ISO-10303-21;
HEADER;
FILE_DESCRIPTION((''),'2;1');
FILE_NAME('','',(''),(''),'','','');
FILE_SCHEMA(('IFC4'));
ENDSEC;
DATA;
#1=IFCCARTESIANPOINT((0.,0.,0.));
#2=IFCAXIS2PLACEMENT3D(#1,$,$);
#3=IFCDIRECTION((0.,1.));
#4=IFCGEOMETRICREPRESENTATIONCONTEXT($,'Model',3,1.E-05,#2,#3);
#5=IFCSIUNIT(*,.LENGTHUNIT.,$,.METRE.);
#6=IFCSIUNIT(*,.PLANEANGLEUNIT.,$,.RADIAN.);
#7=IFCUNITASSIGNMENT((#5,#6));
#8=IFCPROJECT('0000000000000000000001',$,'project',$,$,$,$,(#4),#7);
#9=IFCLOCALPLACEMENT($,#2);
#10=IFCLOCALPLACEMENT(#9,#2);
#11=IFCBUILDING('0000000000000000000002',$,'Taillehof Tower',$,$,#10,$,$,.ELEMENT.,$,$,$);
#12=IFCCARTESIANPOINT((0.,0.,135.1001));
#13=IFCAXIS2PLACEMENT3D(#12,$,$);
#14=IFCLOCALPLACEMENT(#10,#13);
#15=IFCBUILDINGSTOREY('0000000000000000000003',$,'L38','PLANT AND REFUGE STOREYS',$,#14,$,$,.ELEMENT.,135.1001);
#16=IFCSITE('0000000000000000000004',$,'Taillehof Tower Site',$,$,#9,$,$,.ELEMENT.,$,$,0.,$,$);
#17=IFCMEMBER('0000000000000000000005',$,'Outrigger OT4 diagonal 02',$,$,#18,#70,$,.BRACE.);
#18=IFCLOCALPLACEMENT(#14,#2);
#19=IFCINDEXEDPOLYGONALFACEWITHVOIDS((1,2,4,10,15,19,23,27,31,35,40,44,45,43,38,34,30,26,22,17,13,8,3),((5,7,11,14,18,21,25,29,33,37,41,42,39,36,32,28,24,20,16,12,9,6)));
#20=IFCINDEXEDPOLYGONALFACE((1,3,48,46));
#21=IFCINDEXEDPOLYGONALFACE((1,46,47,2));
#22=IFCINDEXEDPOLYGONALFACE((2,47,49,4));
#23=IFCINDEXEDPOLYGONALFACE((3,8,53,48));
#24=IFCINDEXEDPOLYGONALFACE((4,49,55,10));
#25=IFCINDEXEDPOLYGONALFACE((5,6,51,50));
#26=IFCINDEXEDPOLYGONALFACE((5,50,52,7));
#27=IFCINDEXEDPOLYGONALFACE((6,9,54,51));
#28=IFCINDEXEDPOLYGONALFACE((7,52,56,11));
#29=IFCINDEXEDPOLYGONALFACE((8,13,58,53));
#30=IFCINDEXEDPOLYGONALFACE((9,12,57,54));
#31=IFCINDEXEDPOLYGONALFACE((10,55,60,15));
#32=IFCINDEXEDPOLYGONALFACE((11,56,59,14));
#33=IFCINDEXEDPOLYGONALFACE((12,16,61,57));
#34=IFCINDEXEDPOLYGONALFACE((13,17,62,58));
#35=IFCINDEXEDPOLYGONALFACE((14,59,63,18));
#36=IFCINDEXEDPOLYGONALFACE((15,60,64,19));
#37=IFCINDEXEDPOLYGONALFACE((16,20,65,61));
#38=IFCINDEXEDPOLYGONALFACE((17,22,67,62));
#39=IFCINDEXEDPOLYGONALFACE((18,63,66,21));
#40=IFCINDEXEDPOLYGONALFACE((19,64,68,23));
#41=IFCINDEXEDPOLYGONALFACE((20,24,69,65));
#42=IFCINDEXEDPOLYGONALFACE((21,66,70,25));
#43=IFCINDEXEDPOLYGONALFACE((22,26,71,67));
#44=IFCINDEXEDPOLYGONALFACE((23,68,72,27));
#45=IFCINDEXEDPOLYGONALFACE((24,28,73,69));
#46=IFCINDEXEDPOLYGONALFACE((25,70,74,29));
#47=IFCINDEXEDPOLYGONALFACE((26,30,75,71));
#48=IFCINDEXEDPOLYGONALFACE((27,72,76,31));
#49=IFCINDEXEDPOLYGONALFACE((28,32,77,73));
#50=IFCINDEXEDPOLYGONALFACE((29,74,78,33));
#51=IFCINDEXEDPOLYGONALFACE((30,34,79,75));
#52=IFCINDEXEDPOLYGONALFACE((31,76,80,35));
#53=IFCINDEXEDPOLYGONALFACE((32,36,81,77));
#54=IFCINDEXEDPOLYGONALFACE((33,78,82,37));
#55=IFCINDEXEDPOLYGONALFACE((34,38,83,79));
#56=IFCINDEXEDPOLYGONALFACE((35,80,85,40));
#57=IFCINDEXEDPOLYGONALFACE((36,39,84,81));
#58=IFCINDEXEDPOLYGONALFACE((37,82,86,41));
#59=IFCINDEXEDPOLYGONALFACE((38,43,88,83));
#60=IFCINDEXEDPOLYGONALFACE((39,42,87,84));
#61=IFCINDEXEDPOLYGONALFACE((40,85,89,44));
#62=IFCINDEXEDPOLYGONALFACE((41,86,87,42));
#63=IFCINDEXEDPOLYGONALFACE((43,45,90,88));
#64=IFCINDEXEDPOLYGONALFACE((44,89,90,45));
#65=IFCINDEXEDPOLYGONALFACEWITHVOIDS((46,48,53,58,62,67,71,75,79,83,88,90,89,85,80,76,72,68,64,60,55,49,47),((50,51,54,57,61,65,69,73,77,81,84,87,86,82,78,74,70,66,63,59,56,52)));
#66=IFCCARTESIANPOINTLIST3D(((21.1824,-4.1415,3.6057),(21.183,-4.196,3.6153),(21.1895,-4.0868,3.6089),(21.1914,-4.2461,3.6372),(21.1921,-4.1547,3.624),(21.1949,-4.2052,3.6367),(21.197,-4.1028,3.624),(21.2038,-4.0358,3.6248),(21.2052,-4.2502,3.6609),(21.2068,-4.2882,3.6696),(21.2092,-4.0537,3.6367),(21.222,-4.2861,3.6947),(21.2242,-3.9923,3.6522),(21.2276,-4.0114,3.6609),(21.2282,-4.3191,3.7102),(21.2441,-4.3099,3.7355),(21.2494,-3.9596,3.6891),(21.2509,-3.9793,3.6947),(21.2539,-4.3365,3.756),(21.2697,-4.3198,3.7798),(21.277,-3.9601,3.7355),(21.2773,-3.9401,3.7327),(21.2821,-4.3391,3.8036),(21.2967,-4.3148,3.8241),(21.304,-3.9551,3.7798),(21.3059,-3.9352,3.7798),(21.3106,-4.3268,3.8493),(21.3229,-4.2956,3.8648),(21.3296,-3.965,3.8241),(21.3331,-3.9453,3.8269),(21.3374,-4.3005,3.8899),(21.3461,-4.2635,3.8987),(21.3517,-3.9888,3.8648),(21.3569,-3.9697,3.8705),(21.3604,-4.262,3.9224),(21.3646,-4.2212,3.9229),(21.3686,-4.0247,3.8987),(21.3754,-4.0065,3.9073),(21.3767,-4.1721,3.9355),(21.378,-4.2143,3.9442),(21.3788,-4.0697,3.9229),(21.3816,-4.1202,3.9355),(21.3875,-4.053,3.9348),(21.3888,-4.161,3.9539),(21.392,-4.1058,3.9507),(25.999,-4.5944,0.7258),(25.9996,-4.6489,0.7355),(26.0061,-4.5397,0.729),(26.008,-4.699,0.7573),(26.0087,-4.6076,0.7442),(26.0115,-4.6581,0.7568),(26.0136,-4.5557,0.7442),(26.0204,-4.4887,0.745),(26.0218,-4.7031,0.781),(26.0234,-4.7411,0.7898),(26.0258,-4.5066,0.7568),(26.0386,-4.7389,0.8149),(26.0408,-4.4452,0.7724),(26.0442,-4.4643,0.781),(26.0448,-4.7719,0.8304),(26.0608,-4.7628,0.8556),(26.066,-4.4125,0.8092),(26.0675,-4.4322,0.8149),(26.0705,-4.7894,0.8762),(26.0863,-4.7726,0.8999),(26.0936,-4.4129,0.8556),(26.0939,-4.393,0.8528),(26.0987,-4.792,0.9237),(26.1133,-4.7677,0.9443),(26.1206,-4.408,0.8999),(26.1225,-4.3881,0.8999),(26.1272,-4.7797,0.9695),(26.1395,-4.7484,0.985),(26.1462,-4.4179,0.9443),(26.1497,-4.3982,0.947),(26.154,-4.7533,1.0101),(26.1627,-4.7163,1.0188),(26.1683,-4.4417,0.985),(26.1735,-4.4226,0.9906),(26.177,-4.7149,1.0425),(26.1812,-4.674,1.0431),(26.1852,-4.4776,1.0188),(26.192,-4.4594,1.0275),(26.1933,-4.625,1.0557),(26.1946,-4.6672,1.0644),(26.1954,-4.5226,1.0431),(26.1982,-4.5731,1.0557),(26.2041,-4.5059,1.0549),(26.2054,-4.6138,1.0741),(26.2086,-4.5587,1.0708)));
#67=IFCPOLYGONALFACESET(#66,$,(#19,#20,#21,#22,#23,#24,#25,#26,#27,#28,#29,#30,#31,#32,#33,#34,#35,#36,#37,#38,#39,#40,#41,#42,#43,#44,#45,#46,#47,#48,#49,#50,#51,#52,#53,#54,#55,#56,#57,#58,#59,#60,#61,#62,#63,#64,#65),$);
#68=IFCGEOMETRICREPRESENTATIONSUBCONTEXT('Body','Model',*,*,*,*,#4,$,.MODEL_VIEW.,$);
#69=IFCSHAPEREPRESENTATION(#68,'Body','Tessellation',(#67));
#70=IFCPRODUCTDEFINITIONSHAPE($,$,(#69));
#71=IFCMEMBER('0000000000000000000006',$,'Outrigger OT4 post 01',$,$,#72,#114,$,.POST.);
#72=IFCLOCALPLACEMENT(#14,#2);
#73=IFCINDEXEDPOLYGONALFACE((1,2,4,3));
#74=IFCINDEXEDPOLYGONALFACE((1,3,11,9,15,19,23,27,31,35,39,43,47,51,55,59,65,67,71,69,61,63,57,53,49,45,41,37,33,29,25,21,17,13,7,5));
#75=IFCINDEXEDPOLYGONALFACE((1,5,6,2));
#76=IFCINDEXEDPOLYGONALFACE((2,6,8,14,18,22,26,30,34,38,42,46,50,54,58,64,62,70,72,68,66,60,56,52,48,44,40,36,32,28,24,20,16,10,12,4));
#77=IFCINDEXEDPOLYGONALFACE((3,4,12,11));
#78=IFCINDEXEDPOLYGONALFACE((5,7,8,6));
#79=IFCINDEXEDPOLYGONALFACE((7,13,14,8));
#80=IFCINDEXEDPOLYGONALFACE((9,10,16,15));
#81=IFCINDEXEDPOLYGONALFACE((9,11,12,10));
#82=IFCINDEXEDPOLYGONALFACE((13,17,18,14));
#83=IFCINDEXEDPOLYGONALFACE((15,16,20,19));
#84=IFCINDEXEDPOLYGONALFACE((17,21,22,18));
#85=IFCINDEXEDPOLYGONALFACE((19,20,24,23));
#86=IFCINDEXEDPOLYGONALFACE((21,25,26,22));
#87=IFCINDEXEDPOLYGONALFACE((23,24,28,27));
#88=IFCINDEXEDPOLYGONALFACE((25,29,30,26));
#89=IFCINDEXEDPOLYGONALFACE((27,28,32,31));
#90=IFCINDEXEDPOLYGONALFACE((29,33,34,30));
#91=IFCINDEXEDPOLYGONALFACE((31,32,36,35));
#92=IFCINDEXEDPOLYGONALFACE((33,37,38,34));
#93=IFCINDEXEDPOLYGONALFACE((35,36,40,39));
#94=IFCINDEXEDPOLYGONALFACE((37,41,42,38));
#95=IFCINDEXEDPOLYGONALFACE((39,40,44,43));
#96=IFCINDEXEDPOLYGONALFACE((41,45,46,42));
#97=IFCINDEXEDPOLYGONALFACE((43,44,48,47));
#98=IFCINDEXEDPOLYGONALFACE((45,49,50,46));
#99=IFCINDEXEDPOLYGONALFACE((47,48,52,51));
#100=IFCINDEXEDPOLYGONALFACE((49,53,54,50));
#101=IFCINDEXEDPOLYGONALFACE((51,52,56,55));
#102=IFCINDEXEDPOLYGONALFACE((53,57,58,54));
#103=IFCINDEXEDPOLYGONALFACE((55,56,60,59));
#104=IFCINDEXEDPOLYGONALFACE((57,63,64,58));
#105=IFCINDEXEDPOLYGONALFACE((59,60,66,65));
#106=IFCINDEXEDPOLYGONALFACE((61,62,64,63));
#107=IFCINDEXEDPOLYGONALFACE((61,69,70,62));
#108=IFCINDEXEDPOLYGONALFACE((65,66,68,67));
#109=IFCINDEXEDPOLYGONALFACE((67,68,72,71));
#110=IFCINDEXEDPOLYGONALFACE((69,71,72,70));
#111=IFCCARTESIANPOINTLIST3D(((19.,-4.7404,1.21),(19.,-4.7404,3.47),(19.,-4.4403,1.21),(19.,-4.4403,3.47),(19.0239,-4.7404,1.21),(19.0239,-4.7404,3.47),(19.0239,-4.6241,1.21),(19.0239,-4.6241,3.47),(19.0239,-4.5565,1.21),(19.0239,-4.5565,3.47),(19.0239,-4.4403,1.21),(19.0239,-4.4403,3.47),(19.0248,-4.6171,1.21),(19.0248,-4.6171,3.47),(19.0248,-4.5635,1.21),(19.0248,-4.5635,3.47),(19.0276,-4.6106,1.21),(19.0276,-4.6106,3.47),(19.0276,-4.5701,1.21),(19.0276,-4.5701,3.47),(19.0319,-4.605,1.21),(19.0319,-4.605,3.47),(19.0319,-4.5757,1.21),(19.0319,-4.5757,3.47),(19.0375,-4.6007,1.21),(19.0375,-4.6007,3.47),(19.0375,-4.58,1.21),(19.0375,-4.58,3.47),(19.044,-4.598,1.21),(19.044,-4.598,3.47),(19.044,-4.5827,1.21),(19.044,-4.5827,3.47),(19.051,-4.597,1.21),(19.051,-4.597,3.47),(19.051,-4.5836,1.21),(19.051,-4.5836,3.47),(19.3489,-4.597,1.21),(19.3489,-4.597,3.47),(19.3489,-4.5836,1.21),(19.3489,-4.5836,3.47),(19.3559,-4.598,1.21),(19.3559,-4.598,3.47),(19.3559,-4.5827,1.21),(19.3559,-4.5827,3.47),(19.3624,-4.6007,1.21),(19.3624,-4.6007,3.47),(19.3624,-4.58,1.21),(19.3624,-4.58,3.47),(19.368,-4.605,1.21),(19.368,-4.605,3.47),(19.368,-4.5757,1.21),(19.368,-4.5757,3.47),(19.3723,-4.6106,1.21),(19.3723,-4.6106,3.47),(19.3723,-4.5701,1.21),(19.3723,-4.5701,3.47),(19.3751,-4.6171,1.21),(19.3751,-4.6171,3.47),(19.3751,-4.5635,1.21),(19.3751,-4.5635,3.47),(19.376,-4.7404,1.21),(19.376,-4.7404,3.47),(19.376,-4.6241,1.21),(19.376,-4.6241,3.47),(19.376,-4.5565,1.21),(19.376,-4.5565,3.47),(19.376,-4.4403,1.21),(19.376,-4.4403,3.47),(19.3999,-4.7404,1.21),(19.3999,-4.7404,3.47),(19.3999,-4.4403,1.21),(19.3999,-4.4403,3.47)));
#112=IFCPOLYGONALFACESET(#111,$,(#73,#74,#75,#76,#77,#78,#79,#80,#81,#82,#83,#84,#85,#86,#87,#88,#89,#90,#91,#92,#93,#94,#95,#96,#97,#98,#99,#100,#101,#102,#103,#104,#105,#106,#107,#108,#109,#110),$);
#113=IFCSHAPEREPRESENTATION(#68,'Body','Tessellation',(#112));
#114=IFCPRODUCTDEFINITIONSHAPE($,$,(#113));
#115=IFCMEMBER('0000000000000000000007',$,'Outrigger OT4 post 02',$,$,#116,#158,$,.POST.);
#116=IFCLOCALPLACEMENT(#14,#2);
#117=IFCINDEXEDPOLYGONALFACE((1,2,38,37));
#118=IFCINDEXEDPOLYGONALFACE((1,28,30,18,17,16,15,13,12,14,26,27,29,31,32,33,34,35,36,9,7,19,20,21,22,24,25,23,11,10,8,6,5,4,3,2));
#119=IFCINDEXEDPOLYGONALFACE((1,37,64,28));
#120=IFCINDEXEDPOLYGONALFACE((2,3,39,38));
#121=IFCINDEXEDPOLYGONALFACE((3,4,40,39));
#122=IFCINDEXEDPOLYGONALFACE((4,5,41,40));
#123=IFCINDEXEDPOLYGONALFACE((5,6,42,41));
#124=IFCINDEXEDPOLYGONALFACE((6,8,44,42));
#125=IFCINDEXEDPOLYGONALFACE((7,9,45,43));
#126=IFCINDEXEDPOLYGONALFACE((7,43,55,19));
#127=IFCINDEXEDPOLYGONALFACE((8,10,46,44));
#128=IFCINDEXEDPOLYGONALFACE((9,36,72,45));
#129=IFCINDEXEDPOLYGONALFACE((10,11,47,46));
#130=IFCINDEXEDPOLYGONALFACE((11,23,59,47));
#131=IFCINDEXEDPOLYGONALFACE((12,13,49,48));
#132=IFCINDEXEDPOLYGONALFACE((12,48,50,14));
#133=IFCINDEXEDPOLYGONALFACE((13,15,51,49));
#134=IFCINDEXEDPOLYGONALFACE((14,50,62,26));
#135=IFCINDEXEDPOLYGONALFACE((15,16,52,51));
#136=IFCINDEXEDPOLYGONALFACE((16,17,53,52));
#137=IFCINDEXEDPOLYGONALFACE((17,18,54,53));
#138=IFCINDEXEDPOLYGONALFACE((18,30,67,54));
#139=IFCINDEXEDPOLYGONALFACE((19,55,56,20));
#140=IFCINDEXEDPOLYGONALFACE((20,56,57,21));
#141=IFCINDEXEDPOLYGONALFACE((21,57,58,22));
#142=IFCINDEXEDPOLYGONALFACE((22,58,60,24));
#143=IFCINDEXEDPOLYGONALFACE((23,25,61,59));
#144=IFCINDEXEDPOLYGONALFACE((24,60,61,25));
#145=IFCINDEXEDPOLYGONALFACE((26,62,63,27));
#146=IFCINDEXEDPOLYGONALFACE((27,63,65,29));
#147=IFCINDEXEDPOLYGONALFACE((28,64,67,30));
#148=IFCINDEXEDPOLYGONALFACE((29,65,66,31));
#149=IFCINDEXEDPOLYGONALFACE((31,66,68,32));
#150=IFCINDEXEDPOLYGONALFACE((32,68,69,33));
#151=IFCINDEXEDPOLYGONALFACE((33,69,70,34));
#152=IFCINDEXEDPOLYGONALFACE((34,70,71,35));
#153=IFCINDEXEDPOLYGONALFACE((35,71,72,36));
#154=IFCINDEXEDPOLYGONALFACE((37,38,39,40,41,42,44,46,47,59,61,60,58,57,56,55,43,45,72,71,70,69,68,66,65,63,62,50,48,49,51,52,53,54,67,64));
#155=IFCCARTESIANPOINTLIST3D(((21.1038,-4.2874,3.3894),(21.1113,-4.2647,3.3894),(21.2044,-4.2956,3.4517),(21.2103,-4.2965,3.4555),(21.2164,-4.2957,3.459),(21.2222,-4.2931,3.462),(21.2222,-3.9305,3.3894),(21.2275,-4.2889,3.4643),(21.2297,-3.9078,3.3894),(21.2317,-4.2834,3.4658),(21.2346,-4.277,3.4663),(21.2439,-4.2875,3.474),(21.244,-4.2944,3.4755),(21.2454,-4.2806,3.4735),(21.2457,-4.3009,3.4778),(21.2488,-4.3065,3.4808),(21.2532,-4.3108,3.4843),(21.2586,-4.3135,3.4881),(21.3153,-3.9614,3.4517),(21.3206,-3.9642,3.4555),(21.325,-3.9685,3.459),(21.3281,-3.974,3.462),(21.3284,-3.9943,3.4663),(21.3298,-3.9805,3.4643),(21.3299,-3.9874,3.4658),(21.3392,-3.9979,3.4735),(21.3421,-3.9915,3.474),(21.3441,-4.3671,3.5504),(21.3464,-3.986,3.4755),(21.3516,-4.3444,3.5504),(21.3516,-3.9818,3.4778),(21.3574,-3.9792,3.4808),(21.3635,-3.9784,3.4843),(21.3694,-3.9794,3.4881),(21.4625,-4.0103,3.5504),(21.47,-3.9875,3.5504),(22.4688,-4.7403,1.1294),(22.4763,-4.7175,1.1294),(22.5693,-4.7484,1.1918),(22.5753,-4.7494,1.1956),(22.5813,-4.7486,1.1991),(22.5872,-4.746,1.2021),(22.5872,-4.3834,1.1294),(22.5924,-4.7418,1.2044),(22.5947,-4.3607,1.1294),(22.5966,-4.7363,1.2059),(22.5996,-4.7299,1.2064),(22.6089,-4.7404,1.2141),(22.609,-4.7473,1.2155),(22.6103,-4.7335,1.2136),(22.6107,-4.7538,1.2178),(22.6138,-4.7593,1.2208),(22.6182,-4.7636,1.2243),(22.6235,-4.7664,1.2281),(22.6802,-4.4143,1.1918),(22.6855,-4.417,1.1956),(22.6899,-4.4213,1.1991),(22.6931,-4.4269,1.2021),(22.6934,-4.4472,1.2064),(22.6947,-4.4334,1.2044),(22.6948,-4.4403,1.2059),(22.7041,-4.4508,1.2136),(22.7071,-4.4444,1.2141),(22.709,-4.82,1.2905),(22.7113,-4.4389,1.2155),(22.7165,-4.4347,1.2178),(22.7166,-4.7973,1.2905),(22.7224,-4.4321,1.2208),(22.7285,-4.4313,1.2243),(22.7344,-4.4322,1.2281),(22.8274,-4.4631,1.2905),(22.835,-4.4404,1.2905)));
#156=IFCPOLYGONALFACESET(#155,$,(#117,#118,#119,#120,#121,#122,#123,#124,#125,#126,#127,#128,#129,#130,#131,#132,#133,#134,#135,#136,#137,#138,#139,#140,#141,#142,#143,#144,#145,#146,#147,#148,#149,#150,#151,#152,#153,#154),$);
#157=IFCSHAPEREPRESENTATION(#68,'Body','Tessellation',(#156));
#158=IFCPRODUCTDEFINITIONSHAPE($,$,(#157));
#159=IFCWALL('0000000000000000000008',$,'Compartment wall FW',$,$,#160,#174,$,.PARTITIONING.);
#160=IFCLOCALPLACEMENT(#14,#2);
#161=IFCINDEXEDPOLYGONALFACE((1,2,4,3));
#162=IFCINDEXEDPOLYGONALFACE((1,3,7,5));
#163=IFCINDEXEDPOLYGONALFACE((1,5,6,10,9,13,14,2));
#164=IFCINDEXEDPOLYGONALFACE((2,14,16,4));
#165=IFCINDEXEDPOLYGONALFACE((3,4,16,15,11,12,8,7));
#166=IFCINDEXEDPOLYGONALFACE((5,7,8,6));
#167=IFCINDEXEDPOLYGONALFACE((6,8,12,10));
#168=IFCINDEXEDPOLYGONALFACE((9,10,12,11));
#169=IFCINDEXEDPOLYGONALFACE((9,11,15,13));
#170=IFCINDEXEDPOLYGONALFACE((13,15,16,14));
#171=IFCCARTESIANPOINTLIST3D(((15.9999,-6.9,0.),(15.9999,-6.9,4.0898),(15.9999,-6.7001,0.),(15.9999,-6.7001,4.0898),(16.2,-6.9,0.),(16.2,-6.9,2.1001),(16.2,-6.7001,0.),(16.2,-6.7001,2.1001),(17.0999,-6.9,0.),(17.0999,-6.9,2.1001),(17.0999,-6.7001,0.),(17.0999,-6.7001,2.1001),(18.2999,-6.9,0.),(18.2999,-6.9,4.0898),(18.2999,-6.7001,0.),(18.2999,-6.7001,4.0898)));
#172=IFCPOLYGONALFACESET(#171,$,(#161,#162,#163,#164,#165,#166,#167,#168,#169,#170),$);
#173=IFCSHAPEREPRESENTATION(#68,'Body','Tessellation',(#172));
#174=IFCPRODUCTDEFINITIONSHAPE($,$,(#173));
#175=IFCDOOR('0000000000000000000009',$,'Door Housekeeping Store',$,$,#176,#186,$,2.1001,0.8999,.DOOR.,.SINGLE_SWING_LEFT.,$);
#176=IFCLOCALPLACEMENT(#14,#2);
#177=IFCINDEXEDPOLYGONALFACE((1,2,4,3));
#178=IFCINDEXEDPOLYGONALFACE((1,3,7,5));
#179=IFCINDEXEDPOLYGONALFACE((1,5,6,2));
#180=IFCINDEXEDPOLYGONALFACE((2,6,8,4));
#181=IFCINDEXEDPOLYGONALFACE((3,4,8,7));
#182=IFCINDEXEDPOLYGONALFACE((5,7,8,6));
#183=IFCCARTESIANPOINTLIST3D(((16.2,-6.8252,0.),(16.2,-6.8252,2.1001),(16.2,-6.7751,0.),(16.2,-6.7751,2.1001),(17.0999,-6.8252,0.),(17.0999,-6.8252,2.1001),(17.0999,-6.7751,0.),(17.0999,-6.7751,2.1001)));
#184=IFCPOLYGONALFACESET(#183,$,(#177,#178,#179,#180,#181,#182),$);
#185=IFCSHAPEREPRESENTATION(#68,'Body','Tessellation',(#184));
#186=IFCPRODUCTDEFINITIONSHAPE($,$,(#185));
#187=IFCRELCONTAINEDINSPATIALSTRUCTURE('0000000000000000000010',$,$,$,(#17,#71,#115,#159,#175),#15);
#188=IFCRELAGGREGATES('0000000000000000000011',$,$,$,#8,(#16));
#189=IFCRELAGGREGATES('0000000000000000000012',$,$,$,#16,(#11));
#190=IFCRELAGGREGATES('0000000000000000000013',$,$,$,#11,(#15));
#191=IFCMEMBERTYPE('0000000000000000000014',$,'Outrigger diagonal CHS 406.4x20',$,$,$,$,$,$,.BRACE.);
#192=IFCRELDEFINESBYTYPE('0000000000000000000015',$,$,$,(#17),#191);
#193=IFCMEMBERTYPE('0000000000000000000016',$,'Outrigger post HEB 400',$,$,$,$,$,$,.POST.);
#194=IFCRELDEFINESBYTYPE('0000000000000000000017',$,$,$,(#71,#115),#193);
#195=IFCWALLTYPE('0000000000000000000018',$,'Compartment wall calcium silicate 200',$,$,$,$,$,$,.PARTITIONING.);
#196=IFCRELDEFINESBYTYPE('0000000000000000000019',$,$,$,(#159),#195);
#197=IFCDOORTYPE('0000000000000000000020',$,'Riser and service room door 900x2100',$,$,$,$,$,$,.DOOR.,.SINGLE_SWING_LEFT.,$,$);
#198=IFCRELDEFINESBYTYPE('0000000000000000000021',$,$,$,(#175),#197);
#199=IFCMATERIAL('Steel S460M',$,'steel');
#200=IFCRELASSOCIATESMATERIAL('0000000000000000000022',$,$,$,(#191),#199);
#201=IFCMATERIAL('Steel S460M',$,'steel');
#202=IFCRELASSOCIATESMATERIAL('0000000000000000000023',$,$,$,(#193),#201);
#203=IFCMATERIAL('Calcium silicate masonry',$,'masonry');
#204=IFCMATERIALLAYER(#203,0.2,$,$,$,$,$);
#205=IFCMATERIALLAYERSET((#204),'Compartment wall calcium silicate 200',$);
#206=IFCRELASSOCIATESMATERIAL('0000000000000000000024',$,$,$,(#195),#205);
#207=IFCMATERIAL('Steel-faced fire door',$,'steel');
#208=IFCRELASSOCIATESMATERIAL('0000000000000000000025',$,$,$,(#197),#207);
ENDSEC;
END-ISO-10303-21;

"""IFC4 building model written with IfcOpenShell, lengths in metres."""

from ifc_helpers import new_model, si_unit, direction, frame, frame_2d, origin, origin_2d, place, context, subcontext, project, spatial, rectangle, hollow_circle, i_section, extrude, material, layer, layer_set, material_profile, profile_set, type_object, element, fill, save


model = new_model("IFC4")

# Units and contexts
model_context = context("Model", 3, precision=1e-05, world=origin(), true_north=direction((0.0, 1.0)))
body_context = subcontext(model_context, "Body", "Model", "MODEL_VIEW")
ifc_project = project(units=[si_unit("LENGTHUNIT", "METRE"), si_unit("PLANEANGLEUNIT", "RADIAN")], contexts=[model_context])

# Site, building, storey
site_placement = place(None, origin())
site = spatial("IfcSite", under=ifc_project, at=site_placement, Name="Taillehof Tower Site", CompositionType="ELEMENT", RefElevation=0.0)
building_placement = place(site_placement, origin())
building = spatial("IfcBuilding", under=site, at=building_placement, Name="Taillehof Tower", CompositionType="ELEMENT")
storey_placement = place(building_placement, frame((0.0, 0.0, 135.1001)))
storey = spatial("IfcBuildingStorey", under=building, at=storey_placement, Name="L38", Description="PLANT AND REFUGE STOREYS", CompositionType="ELEMENT", Elevation=135.1001)

# Members
ifc_material_1 = material(Name="Steel S460M", Category="steel")
ifc_material_profile_1 = material_profile(ifc_material_1, hollow_circle(Radius=0.2031, WallThickness=0.02, at=origin_2d()), Name="CHS 406.4x20")
ifc_profile_set_1 = profile_set([ifc_material_profile_1], Name="Steel S460M")
member_type_1 = type_object("IfcMemberType", Name="Outrigger diagonal CHS 406.4x20", PredefinedType="BRACE", material=ifc_profile_set_1)
member_1_placement = place(storey_placement, frame((21.2869, -4.1375, 3.7798), z_axis=(0.855505, -0.080438, -0.511508), x_axis=(0.093611, 0.995609, 0.0)))
element("IfcMember", 1, at=member_1_placement, inside=storey, type_object=member_type_1, Name="Outrigger OT4 diagonal 02", PredefinedType="BRACE", context=body_context, shape_type="SweptSolid", body=[
    extrude(hollow_circle(Radius=0.2031, WallThickness=0.02, at=origin_2d()), origin(), (0.0, 0.0, 1.0), 5.6301),
])
ifc_material_2 = material(Name="Steel S460M", Category="steel")
ifc_material_profile_2 = material_profile(ifc_material_2, i_section(OverallWidth=0.3, OverallDepth=0.3999, WebThickness=0.0134, FlangeThickness=0.0239, FilletRadius=0.0271, at=origin_2d()), Name="HEB 400")
ifc_profile_set_2 = profile_set([ifc_material_profile_2], Name="Steel S460M")
member_type_2 = type_object("IfcMemberType", Name="Outrigger post HEB 400", PredefinedType="POST", material=ifc_profile_set_2)
member_2_placement = place(storey_placement, frame((19.2, -4.5903, 1.21), z_axis=(0.0, 0.0, 1.0), x_axis=(0.0, -1.0, 0.0)))
element("IfcMember", 2, at=member_2_placement, inside=storey, type_object=member_type_2, Name="Outrigger OT4 post 01", PredefinedType="POST", context=body_context, shape_type="SweptSolid", body=[
    extrude(i_section(OverallWidth=0.3, OverallDepth=0.3999, WebThickness=0.0134, FlangeThickness=0.0239, FilletRadius=0.0271, at=origin_2d()), origin(), (0.0, 0.0, 1.0), 2.26),
])
member_3_placement = place(storey_placement, frame((22.6519, -4.5903, 1.21), z_axis=(-0.509554, 0.169061, 0.843667), x_axis=(-0.800744, 0.265673, -0.536868)))
element("IfcMember", 3, at=member_3_placement, inside=storey, type_object=member_type_2, Name="Outrigger OT4 post 02", PredefinedType="POST", context=body_context, shape_type="SweptSolid", body=[
    extrude(i_section(OverallWidth=0.3, OverallDepth=0.3999, WebThickness=0.0134, FlangeThickness=0.0239, FilletRadius=0.0271, at=origin_2d()), origin(), (0.0, 0.0, 1.0), 2.6787),
])

# Wall, opening, door
ifc_material_3 = material(Name="Calcium silicate masonry", Category="masonry")
ifc_layer_1 = layer(ifc_material_3, 0.2)
ifc_layer_set_1 = layer_set([ifc_layer_1], Name="Compartment wall calcium silicate 200")
wall_type_1 = type_object("IfcWallType", Name="Compartment wall calcium silicate 200", PredefinedType="PARTITIONING", material=ifc_layer_set_1)
wall_1_placement = place(storey_placement, frame((16.0, -6.8, 0.0), z_axis=(0.0, 0.0, 1.0), x_axis=(1.0, 0.0, 0.0)))
wall_1 = element("IfcWall", 4, at=wall_1_placement, inside=storey, type_object=wall_type_1, Name="Compartment wall FW", PredefinedType="PARTITIONING", context=body_context, shape_type="SweptSolid", body=[
    extrude(rectangle(XDim=2.3, YDim=0.2, at=frame_2d((1.1499, 0.0))), origin(), (0.0, 0.0, 1.0), 4.0898),
])
opening_placement = place(wall_1_placement, frame((0.2, 0.0, 0.0)))
opening = element("IfcOpeningElement", 5, at=opening_placement, cuts=wall_1, PredefinedType="OPENING", context=body_context, shape_type="SweptSolid", body=[
    extrude(rectangle(XDim=0.8999, YDim=2.1001, at=frame_2d((0.45, 1.05))), frame((0.0, 0.1099, 0.0), z_axis=(0.0, -1.0, 0.0), x_axis=(1.0, 0.0, 0.0)), (0.0, 0.0, 1.0), 0.22),
])
ifc_material_4 = material(Name="Steel-faced fire door", Category="steel")
door_type = type_object("IfcDoorType", Name="Riser and service room door 900x2100", OperationType="SINGLE_SWING_LEFT", PredefinedType="DOOR", material=ifc_material_4)
door_placement = place(opening_placement, origin())
door = element("IfcDoor", 6, at=door_placement, inside=storey, type_object=door_type, Name="Door Housekeeping Store", OperationType="SINGLE_SWING_LEFT", OverallHeight=2.1001, OverallWidth=0.8999, PredefinedType="DOOR", context=body_context, shape_type="SweptSolid", body=[
    extrude(rectangle(XDim=0.8999, YDim=2.1001, at=frame_2d((0.45, 1.05))), frame((0.0, 0.0249, 0.0), z_axis=(0.0, -1.0, 0.0), x_axis=(1.0, 0.0, 0.0)), (0.0, 0.0, 1.0), 0.05),
])
fill(opening, door)

save(model, "model.ifc")
